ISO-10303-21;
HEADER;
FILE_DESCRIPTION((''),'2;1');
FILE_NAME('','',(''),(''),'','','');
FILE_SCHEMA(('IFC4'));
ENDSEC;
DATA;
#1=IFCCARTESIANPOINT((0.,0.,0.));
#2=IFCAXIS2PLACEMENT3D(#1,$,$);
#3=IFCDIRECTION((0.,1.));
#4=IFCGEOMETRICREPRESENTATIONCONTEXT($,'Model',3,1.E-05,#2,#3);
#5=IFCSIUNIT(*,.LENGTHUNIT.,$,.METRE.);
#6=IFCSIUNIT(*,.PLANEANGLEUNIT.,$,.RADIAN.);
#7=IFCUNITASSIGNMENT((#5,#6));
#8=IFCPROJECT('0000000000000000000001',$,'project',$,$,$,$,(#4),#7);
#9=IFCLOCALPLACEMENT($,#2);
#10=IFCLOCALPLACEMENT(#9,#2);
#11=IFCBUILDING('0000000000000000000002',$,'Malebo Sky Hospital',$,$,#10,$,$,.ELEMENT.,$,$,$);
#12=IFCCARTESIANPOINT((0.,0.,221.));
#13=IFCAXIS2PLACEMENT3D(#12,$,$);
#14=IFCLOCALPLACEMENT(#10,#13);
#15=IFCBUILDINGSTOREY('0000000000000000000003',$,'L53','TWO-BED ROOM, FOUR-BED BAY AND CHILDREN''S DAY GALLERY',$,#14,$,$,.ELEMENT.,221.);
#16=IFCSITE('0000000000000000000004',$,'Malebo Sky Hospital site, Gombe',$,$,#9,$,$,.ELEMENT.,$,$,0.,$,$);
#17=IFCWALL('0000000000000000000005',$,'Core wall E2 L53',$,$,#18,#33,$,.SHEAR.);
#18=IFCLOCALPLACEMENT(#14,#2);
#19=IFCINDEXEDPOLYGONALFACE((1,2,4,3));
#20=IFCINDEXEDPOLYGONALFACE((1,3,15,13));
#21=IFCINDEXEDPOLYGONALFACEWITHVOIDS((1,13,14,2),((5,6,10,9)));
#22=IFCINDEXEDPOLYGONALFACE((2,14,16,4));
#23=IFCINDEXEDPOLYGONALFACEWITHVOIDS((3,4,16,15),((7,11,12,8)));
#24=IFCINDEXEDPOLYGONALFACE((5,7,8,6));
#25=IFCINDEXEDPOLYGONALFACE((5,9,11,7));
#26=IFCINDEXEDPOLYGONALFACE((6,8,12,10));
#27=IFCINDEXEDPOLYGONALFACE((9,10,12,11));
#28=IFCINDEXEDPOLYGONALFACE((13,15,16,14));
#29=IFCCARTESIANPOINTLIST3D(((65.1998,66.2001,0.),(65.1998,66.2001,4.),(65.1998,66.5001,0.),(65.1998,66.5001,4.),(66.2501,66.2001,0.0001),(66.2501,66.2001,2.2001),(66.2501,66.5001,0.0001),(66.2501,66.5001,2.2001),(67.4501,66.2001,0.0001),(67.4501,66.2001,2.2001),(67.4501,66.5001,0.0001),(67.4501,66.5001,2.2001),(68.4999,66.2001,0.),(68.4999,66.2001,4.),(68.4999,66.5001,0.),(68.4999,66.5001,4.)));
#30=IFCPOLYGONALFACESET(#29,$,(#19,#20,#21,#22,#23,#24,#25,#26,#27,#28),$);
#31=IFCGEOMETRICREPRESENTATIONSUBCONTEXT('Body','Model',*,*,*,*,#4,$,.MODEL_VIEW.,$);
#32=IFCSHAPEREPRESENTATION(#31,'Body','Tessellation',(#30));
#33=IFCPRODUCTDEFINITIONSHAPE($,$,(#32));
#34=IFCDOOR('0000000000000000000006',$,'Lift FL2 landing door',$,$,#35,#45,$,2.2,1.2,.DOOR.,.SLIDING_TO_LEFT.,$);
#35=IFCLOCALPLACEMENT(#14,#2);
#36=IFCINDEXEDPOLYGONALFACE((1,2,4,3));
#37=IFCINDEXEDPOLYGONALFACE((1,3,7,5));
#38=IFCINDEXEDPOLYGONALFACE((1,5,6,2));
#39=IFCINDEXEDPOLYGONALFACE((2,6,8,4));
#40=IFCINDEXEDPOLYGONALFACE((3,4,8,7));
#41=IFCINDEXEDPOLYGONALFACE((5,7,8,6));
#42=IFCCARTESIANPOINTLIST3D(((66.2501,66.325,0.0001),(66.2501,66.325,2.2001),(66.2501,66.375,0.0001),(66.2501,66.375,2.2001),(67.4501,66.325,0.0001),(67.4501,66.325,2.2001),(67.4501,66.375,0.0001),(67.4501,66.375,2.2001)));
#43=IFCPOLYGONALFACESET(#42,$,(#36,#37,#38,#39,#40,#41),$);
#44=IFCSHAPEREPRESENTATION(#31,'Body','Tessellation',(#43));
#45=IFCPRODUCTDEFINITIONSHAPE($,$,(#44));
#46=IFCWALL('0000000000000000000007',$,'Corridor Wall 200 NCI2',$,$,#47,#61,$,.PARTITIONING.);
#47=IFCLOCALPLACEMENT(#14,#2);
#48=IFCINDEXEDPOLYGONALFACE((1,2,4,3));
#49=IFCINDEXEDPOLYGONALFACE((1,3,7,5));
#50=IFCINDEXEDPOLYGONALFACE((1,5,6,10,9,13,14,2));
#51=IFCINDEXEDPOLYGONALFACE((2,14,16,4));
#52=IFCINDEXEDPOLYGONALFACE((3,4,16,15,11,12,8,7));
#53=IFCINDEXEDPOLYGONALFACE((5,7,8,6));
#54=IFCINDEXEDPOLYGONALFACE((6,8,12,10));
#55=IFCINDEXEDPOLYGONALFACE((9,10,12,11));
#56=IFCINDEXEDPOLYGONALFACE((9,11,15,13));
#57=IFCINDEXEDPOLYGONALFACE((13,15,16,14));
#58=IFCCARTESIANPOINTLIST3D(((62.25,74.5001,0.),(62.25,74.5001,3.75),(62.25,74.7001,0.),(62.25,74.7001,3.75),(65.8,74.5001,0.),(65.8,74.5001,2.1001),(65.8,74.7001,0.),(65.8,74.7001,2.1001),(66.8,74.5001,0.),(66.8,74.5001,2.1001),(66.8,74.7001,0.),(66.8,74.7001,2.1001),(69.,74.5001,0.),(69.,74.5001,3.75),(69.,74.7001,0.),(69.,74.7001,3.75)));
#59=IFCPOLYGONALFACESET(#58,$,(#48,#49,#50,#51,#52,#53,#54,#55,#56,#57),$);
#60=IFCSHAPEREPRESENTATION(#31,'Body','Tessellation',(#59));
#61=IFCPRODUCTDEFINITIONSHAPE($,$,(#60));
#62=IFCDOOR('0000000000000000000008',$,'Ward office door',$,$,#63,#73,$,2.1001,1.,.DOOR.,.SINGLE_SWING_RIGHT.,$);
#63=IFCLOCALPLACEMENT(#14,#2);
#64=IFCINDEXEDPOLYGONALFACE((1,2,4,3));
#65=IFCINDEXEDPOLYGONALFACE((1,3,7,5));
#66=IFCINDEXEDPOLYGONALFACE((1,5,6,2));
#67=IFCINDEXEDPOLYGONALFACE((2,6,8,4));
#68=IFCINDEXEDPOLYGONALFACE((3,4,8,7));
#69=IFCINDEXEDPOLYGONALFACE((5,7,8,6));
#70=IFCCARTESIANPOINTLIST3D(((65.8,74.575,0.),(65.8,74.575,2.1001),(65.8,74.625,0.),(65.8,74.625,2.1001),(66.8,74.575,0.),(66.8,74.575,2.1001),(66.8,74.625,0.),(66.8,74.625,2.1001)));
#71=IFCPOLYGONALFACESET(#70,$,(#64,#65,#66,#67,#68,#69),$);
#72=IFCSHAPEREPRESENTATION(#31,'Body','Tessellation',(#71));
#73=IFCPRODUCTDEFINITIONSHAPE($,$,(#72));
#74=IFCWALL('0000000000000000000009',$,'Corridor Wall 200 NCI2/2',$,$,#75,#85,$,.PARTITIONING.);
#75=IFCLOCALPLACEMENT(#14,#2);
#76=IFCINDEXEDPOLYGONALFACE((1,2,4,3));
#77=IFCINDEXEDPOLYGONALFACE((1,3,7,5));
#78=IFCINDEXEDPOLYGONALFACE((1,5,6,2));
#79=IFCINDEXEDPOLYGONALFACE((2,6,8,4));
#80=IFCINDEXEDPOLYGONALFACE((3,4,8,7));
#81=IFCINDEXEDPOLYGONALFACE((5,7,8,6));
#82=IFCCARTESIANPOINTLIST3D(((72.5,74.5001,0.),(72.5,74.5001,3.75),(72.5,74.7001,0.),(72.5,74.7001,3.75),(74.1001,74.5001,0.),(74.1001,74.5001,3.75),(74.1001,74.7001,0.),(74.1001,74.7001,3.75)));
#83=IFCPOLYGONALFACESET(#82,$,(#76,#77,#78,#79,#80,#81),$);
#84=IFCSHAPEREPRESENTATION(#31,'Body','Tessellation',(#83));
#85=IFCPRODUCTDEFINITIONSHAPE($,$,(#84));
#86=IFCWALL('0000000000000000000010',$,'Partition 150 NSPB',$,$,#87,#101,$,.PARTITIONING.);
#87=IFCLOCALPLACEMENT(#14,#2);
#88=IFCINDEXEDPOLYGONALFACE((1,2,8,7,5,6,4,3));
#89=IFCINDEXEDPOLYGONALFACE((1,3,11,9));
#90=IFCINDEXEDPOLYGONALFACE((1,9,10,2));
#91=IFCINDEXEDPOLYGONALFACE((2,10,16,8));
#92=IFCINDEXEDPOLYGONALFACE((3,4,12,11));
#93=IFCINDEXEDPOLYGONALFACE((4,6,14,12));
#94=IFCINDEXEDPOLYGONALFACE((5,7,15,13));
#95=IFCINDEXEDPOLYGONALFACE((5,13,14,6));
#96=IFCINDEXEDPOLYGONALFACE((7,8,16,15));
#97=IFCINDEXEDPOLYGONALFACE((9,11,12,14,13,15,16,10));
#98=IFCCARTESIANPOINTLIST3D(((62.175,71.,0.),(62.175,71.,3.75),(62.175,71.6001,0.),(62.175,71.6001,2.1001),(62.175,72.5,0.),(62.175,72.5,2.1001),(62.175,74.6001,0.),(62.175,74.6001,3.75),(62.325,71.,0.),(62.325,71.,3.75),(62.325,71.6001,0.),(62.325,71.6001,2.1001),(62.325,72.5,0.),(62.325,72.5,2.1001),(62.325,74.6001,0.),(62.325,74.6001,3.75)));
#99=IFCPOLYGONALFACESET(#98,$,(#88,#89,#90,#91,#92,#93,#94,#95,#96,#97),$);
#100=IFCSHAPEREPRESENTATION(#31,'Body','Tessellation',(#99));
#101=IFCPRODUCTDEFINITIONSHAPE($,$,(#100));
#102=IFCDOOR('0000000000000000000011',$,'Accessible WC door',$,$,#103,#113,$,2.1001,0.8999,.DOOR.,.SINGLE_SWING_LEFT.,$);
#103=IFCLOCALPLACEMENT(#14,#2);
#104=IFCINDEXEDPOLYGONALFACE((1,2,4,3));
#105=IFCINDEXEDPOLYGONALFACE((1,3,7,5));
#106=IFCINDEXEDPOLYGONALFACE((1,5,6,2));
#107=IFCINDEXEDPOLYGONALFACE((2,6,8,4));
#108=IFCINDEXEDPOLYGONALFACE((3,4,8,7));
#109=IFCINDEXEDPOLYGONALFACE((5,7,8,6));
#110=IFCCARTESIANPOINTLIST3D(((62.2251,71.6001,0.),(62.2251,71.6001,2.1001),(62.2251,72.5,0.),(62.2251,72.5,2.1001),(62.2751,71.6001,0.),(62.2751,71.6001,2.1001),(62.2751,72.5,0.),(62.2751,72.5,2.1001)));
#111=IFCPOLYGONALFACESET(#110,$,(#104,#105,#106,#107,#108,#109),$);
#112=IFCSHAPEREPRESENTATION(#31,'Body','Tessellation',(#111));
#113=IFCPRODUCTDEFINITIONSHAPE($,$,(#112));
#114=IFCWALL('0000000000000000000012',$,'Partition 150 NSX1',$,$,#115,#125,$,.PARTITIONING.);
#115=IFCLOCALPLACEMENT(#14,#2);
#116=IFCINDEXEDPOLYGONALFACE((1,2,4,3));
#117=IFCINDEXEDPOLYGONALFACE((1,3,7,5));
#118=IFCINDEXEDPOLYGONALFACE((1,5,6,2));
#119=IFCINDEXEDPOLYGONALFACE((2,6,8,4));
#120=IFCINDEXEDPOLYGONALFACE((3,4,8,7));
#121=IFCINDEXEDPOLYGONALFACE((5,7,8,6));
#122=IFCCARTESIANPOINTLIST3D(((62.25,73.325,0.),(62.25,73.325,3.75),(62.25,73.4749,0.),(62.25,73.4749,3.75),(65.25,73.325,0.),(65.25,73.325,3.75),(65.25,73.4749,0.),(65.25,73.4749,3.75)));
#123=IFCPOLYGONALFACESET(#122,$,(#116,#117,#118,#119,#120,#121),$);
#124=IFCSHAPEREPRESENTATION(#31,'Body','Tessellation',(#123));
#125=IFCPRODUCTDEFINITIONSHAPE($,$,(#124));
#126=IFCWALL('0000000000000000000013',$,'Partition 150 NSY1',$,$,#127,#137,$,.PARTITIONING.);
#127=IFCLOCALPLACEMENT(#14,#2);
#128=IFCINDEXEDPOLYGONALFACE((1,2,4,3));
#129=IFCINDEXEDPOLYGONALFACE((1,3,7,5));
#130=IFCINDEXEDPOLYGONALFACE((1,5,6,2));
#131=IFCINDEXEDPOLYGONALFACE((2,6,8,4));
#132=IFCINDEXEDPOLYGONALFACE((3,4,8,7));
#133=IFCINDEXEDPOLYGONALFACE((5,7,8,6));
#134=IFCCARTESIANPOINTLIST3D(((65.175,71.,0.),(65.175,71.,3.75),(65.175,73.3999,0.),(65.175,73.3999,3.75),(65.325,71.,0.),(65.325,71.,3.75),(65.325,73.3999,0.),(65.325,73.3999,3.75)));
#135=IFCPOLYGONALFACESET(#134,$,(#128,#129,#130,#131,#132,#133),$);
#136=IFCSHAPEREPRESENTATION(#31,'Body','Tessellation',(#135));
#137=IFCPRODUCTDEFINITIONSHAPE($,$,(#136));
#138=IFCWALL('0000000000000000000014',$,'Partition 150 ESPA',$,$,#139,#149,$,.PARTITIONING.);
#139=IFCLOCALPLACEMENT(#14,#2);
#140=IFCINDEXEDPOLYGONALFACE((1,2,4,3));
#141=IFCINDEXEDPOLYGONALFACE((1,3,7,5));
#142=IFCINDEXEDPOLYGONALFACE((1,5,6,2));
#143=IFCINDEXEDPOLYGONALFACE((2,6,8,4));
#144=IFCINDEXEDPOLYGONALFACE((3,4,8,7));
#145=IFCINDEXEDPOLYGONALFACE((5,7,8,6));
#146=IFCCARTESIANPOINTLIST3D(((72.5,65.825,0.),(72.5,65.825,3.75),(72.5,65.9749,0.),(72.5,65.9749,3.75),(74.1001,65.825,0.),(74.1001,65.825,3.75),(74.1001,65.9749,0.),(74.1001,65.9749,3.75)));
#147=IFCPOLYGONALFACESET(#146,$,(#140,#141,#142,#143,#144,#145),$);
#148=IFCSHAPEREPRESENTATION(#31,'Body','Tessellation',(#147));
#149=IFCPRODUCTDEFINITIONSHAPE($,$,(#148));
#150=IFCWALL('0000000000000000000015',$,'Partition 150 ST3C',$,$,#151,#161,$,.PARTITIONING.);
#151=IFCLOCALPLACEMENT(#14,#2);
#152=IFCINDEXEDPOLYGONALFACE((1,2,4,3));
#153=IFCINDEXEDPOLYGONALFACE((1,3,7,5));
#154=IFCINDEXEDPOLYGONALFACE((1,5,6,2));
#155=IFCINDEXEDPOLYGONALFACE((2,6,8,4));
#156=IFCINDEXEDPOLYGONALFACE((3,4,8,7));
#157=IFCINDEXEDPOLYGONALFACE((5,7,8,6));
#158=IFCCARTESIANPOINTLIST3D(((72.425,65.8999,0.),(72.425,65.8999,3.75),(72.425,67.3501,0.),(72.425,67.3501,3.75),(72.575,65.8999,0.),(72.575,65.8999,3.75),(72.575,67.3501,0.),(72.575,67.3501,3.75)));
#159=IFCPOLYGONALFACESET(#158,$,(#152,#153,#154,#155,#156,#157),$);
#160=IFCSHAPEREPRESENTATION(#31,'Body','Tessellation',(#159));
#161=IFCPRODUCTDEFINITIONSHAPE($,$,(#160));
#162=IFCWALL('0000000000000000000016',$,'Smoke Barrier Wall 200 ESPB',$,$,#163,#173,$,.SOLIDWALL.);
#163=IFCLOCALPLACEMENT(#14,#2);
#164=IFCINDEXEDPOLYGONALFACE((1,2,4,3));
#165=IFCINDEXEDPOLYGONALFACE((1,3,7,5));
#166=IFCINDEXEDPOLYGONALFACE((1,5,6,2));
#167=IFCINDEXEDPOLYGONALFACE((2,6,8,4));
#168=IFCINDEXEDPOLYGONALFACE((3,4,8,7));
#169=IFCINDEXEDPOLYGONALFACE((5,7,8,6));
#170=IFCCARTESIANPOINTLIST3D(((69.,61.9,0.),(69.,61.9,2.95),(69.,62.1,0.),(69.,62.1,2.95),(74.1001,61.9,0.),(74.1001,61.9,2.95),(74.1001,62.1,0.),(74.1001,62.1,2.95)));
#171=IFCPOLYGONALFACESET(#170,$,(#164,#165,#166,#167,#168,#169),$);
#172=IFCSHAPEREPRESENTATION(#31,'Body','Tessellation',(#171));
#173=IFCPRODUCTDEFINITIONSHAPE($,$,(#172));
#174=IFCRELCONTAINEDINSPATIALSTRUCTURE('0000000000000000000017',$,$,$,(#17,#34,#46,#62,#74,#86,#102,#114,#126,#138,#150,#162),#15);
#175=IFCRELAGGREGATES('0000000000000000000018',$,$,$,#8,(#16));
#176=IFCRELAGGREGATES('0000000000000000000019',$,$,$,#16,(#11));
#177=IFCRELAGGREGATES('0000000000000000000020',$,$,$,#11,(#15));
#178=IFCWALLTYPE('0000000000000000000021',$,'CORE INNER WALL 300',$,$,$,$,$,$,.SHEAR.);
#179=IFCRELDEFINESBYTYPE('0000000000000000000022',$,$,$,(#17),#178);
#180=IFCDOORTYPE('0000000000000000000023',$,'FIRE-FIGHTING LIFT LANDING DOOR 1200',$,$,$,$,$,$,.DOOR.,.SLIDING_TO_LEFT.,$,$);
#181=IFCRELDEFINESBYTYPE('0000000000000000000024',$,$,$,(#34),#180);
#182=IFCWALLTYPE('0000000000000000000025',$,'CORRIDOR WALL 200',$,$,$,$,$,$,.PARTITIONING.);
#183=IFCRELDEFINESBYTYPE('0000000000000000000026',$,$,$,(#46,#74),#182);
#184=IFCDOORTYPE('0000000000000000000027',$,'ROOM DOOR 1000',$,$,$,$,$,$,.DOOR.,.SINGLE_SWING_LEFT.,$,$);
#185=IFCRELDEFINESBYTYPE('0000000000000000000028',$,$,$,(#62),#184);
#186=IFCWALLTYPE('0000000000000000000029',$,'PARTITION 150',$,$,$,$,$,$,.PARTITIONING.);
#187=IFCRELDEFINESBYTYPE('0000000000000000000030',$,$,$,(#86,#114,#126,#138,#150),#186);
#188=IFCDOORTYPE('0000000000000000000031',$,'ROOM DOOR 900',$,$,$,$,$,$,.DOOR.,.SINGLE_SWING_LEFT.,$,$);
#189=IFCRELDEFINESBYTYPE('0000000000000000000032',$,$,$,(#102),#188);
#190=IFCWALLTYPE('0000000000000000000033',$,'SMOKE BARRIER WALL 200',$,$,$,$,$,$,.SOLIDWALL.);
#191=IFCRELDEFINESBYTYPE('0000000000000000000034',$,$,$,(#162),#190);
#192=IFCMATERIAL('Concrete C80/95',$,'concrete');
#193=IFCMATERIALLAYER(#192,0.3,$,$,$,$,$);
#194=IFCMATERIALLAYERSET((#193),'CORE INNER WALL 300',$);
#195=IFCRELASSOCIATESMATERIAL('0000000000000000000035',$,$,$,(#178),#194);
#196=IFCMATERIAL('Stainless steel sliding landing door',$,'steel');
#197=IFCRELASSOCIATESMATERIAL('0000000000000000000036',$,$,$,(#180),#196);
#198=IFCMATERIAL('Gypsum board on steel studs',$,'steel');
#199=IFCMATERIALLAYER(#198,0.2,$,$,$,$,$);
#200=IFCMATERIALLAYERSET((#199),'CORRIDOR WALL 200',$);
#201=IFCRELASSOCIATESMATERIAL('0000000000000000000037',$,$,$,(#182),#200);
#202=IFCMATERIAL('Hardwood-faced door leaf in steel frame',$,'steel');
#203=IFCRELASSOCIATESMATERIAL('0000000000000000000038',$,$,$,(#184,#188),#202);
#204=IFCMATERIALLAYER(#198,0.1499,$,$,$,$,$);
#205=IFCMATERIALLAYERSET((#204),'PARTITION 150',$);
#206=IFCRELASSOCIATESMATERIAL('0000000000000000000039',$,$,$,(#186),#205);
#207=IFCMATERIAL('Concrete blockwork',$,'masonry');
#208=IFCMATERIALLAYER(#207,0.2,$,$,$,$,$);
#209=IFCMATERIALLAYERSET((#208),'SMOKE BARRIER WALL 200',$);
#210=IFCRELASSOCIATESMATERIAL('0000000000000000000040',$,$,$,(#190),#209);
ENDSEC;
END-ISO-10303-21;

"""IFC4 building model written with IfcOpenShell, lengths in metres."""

from ifc_helpers import new_model, si_unit, direction, frame, frame_2d, origin, place, context, subcontext, project, spatial, rectangle, extrude, material, layer, layer_set, type_object, element, fill, save


model = new_model("IFC4")

# Units and contexts
model_context = context("Model", 3, precision=1e-05, world=origin(), true_north=direction((0.0, 1.0)))
body_context = subcontext(model_context, "Body", "Model", "MODEL_VIEW")
ifc_project = project(units=[si_unit("LENGTHUNIT", "METRE"), si_unit("PLANEANGLEUNIT", "RADIAN")], contexts=[model_context])

# Site, building, storey
site_placement = place(None, origin())
site = spatial("IfcSite", under=ifc_project, at=site_placement, Name="Malebo Sky Hospital site, Gombe", CompositionType="ELEMENT", RefElevation=0.0)
building_placement = place(site_placement, origin())
building = spatial("IfcBuilding", under=site, at=building_placement, Name="Malebo Sky Hospital", CompositionType="ELEMENT")
storey_placement = place(building_placement, frame((0.0, 0.0, 221.0)))
storey = spatial("IfcBuildingStorey", under=building, at=storey_placement, Name="L53", Description="TWO-BED ROOM, FOUR-BED BAY AND CHILDREN'S DAY GALLERY", CompositionType="ELEMENT", Elevation=221.0)

# Shared definitions
ifc_material_1 = material(Name="Concrete C80/95", Category="concrete")

# Walls, openings, doors
ifc_layer_1 = layer(ifc_material_1, 0.3)
ifc_layer_set_1 = layer_set([ifc_layer_1], Name="CORE INNER WALL 300")
wall_type_1 = type_object("IfcWallType", Name="CORE INNER WALL 300", PredefinedType="SHEAR", material=ifc_layer_set_1)
wall_1_placement = place(storey_placement, frame((65.2, 66.3501, 0.0), z_axis=(0.0, 0.0, 1.0), x_axis=(1.0, 0.0, 0.0)))
wall_1 = element("IfcWall", 1, at=wall_1_placement, inside=storey, type_object=wall_type_1, Name="Core wall E2 L53", PredefinedType="SHEAR", context=body_context, shape_type="SweptSolid", body=[
    extrude(rectangle(XDim=3.3, YDim=0.3, at=frame_2d((1.6499, 0.0))), origin(), (0.0, 0.0, 1.0), 4.0),
])
opening_1_placement = place(wall_1_placement, frame((1.05, 0.0, 0.0)))
opening_1 = element("IfcOpeningElement", 2, at=opening_1_placement, cuts=wall_1, PredefinedType="OPENING", context=body_context, shape_type="SweptSolid", body=[
    extrude(rectangle(XDim=1.2, YDim=2.2, at=frame_2d((0.6001, 1.1001))), frame((0.0, 0.1599, 0.0), z_axis=(0.0, -1.0, 0.0), x_axis=(1.0, 0.0, 0.0)), (0.0, 0.0, 1.0), 0.3201),
])
ifc_material_2 = material(Name="Stainless steel sliding landing door", Category="steel")
door_type_1 = type_object("IfcDoorType", Name="FIRE-FIGHTING LIFT LANDING DOOR 1200", OperationType="SLIDING_TO_LEFT", PredefinedType="DOOR", material=ifc_material_2)
door_1_placement = place(opening_1_placement, origin())
door_1 = element("IfcDoor", 3, at=door_1_placement, inside=storey, type_object=door_type_1, Name="Lift FL2 landing door", OperationType="SLIDING_TO_LEFT", OverallHeight=2.2, OverallWidth=1.2, PredefinedType="DOOR", context=body_context, shape_type="SweptSolid", body=[
    extrude(rectangle(XDim=1.2, YDim=2.2, at=frame_2d((0.6001, 1.1001))), frame((0.0, 0.0249, 0.0), z_axis=(0.0, -1.0, 0.0), x_axis=(1.0, 0.0, 0.0)), (0.0, 0.0, 1.0), 0.05),
])
fill(opening_1, door_1)
ifc_material_3 = material(Name="Gypsum board on steel studs", Category="steel")
ifc_layer_2 = layer(ifc_material_3, 0.2)
ifc_layer_set_2 = layer_set([ifc_layer_2], Name="CORRIDOR WALL 200")
wall_type_2 = type_object("IfcWallType", Name="CORRIDOR WALL 200", PredefinedType="PARTITIONING", material=ifc_layer_set_2)
wall_2_placement = place(storey_placement, frame((62.25, 74.6001, 0.0), z_axis=(0.0, 0.0, 1.0), x_axis=(1.0, 0.0, 0.0)))
wall_2 = element("IfcWall", 4, at=wall_2_placement, inside=storey, type_object=wall_type_2, Name="Corridor Wall 200 NCI2", PredefinedType="PARTITIONING", context=body_context, shape_type="SweptSolid", body=[
    extrude(rectangle(XDim=6.75, YDim=0.2, at=frame_2d((3.375, 0.0))), origin(), (0.0, 0.0, 1.0), 3.75),
])
opening_2_placement = place(wall_2_placement, frame((3.55, 0.0, 0.0)))
opening_2 = element("IfcOpeningElement", 5, at=opening_2_placement, cuts=wall_2, PredefinedType="OPENING", context=body_context, shape_type="SweptSolid", body=[
    extrude(rectangle(XDim=1.0, YDim=2.1001, at=frame_2d((0.5, 1.05))), frame((0.0, 0.1099, 0.0), z_axis=(0.0, -1.0, 0.0), x_axis=(1.0, 0.0, 0.0)), (0.0, 0.0, 1.0), 0.22),
])
ifc_material_4 = material(Name="Hardwood-faced door leaf in steel frame", Category="steel")
door_type_2 = type_object("IfcDoorType", Name="ROOM DOOR 1000", OperationType="SINGLE_SWING_LEFT", PredefinedType="DOOR", material=ifc_material_4)
door_2_placement = place(opening_2_placement, origin())
door_2 = element("IfcDoor", 6, at=door_2_placement, inside=storey, type_object=door_type_2, Name="Ward office door", OperationType="SINGLE_SWING_RIGHT", OverallHeight=2.1001, OverallWidth=1.0, PredefinedType="DOOR", context=body_context, shape_type="SweptSolid", body=[
    extrude(rectangle(XDim=1.0, YDim=2.1001, at=frame_2d((0.5, 1.05))), frame((0.0, 0.0249, 0.0), z_axis=(0.0, -1.0, 0.0), x_axis=(1.0, 0.0, 0.0)), (0.0, 0.0, 1.0), 0.05),
])
fill(opening_2, door_2)

# Wall
wall_3_placement = place(storey_placement, frame((72.5, 74.6001, 0.0), z_axis=(0.0, 0.0, 1.0), x_axis=(1.0, 0.0, 0.0)))
element("IfcWall", 7, at=wall_3_placement, inside=storey, type_object=wall_type_2, Name="Corridor Wall 200 NCI2/2", PredefinedType="PARTITIONING", context=body_context, shape_type="SweptSolid", body=[
    extrude(rectangle(XDim=1.6001, YDim=0.2, at=frame_2d((0.8, 0.0))), origin(), (0.0, 0.0, 1.0), 3.75),
])

# Wall, opening, door
ifc_layer_3 = layer(ifc_material_3, 0.1499)
ifc_layer_set_3 = layer_set([ifc_layer_3], Name="PARTITION 150")
wall_type_3 = type_object("IfcWallType", Name="PARTITION 150", PredefinedType="PARTITIONING", material=ifc_layer_set_3)
wall_4_placement = place(storey_placement, frame((62.25, 71.0, 0.0), z_axis=(0.0, 0.0, 1.0), x_axis=(0.0, 1.0, 0.0)))
wall_4 = element("IfcWall", 8, at=wall_4_placement, inside=storey, type_object=wall_type_3, Name="Partition 150 NSPB", PredefinedType="PARTITIONING", context=body_context, shape_type="SweptSolid", body=[
    extrude(rectangle(XDim=3.6001, YDim=0.1499, at=frame_2d((1.8, 0.0))), origin(), (0.0, 0.0, 1.0), 3.75),
])
opening_3_placement = place(wall_4_placement, frame((0.6001, 0.0, 0.0)))
opening_3 = element("IfcOpeningElement", 9, at=opening_3_placement, cuts=wall_4, PredefinedType="OPENING", context=body_context, shape_type="SweptSolid", body=[
    extrude(rectangle(XDim=0.8999, YDim=2.1001, at=frame_2d((0.45, 1.05))), frame((0.0, 0.085, 0.0), z_axis=(0.0, -1.0, 0.0), x_axis=(1.0, 0.0, 0.0)), (0.0, 0.0, 1.0), 0.1699),
])
door_type_3 = type_object("IfcDoorType", Name="ROOM DOOR 900", OperationType="SINGLE_SWING_LEFT", PredefinedType="DOOR", material=ifc_material_4)
door_3_placement = place(opening_3_placement, origin())
door_3 = element("IfcDoor", 10, at=door_3_placement, inside=storey, type_object=door_type_3, Name="Accessible WC door", OperationType="SINGLE_SWING_LEFT", OverallHeight=2.1001, OverallWidth=0.8999, PredefinedType="DOOR", context=body_context, shape_type="SweptSolid", body=[
    extrude(rectangle(XDim=0.8999, YDim=2.1001, at=frame_2d((0.45, 1.05))), frame((0.0, 0.0249, 0.0), z_axis=(0.0, -1.0, 0.0), x_axis=(1.0, 0.0, 0.0)), (0.0, 0.0, 1.0), 0.05),
])
fill(opening_3, door_3)

# Walls
wall_5_placement = place(storey_placement, frame((62.25, 73.3999, 0.0), z_axis=(0.0, 0.0, 1.0), x_axis=(1.0, 0.0, 0.0)))
element("IfcWall", 11, at=wall_5_placement, inside=storey, type_object=wall_type_3, Name="Partition 150 NSX1", PredefinedType="PARTITIONING", context=body_context, shape_type="SweptSolid", body=[
    extrude(rectangle(XDim=3.0, YDim=0.1499, at=frame_2d((1.5, 0.0))), origin(), (0.0, 0.0, 1.0), 3.75),
])
wall_6_placement = place(storey_placement, frame((65.25, 71.0, 0.0), z_axis=(0.0, 0.0, 1.0), x_axis=(0.0, 1.0, 0.0)))
element("IfcWall", 12, at=wall_6_placement, inside=storey, type_object=wall_type_3, Name="Partition 150 NSY1", PredefinedType="PARTITIONING", context=body_context, shape_type="SweptSolid", body=[
    extrude(rectangle(XDim=2.3999, YDim=0.1499, at=frame_2d((1.2, 0.0))), origin(), (0.0, 0.0, 1.0), 3.75),
])
wall_7_placement = place(storey_placement, frame((72.5, 65.8999, 0.0), z_axis=(0.0, 0.0, 1.0), x_axis=(1.0, 0.0, 0.0)))
element("IfcWall", 13, at=wall_7_placement, inside=storey, type_object=wall_type_3, Name="Partition 150 ESPA", PredefinedType="PARTITIONING", context=body_context, shape_type="SweptSolid", body=[
    extrude(rectangle(XDim=1.6001, YDim=0.1499, at=frame_2d((0.8, 0.0))), origin(), (0.0, 0.0, 1.0), 3.75),
])
wall_8_placement = place(storey_placement, frame((72.5, 65.8999, 0.0), z_axis=(0.0, 0.0, 1.0), x_axis=(0.0, 1.0, 0.0)))
element("IfcWall", 14, at=wall_8_placement, inside=storey, type_object=wall_type_3, Name="Partition 150 ST3C", PredefinedType="PARTITIONING", context=body_context, shape_type="SweptSolid", body=[
    extrude(rectangle(XDim=1.4502, YDim=0.1499, at=frame_2d((0.7251, 0.0))), origin(), (0.0, 0.0, 1.0), 3.75),
])
ifc_material_5 = material(Name="Concrete blockwork", Category="masonry")
ifc_layer_4 = layer(ifc_material_5, 0.2)
ifc_layer_set_4 = layer_set([ifc_layer_4], Name="SMOKE BARRIER WALL 200")
wall_type_4 = type_object("IfcWallType", Name="SMOKE BARRIER WALL 200", PredefinedType="SOLIDWALL", material=ifc_layer_set_4)
wall_9_placement = place(storey_placement, frame((69.0, 62.0, 0.0), z_axis=(0.0, 0.0, 1.0), x_axis=(1.0, 0.0, 0.0)))
element("IfcWall", 15, at=wall_9_placement, inside=storey, type_object=wall_type_4, Name="Smoke Barrier Wall 200 ESPB", PredefinedType="SOLIDWALL", context=body_context, shape_type="SweptSolid", body=[
    extrude(rectangle(XDim=5.1001, YDim=0.2, at=frame_2d((2.55, 0.0))), origin(), (0.0, 0.0, 1.0), 2.95),
])

save(model, "model.ifc")
